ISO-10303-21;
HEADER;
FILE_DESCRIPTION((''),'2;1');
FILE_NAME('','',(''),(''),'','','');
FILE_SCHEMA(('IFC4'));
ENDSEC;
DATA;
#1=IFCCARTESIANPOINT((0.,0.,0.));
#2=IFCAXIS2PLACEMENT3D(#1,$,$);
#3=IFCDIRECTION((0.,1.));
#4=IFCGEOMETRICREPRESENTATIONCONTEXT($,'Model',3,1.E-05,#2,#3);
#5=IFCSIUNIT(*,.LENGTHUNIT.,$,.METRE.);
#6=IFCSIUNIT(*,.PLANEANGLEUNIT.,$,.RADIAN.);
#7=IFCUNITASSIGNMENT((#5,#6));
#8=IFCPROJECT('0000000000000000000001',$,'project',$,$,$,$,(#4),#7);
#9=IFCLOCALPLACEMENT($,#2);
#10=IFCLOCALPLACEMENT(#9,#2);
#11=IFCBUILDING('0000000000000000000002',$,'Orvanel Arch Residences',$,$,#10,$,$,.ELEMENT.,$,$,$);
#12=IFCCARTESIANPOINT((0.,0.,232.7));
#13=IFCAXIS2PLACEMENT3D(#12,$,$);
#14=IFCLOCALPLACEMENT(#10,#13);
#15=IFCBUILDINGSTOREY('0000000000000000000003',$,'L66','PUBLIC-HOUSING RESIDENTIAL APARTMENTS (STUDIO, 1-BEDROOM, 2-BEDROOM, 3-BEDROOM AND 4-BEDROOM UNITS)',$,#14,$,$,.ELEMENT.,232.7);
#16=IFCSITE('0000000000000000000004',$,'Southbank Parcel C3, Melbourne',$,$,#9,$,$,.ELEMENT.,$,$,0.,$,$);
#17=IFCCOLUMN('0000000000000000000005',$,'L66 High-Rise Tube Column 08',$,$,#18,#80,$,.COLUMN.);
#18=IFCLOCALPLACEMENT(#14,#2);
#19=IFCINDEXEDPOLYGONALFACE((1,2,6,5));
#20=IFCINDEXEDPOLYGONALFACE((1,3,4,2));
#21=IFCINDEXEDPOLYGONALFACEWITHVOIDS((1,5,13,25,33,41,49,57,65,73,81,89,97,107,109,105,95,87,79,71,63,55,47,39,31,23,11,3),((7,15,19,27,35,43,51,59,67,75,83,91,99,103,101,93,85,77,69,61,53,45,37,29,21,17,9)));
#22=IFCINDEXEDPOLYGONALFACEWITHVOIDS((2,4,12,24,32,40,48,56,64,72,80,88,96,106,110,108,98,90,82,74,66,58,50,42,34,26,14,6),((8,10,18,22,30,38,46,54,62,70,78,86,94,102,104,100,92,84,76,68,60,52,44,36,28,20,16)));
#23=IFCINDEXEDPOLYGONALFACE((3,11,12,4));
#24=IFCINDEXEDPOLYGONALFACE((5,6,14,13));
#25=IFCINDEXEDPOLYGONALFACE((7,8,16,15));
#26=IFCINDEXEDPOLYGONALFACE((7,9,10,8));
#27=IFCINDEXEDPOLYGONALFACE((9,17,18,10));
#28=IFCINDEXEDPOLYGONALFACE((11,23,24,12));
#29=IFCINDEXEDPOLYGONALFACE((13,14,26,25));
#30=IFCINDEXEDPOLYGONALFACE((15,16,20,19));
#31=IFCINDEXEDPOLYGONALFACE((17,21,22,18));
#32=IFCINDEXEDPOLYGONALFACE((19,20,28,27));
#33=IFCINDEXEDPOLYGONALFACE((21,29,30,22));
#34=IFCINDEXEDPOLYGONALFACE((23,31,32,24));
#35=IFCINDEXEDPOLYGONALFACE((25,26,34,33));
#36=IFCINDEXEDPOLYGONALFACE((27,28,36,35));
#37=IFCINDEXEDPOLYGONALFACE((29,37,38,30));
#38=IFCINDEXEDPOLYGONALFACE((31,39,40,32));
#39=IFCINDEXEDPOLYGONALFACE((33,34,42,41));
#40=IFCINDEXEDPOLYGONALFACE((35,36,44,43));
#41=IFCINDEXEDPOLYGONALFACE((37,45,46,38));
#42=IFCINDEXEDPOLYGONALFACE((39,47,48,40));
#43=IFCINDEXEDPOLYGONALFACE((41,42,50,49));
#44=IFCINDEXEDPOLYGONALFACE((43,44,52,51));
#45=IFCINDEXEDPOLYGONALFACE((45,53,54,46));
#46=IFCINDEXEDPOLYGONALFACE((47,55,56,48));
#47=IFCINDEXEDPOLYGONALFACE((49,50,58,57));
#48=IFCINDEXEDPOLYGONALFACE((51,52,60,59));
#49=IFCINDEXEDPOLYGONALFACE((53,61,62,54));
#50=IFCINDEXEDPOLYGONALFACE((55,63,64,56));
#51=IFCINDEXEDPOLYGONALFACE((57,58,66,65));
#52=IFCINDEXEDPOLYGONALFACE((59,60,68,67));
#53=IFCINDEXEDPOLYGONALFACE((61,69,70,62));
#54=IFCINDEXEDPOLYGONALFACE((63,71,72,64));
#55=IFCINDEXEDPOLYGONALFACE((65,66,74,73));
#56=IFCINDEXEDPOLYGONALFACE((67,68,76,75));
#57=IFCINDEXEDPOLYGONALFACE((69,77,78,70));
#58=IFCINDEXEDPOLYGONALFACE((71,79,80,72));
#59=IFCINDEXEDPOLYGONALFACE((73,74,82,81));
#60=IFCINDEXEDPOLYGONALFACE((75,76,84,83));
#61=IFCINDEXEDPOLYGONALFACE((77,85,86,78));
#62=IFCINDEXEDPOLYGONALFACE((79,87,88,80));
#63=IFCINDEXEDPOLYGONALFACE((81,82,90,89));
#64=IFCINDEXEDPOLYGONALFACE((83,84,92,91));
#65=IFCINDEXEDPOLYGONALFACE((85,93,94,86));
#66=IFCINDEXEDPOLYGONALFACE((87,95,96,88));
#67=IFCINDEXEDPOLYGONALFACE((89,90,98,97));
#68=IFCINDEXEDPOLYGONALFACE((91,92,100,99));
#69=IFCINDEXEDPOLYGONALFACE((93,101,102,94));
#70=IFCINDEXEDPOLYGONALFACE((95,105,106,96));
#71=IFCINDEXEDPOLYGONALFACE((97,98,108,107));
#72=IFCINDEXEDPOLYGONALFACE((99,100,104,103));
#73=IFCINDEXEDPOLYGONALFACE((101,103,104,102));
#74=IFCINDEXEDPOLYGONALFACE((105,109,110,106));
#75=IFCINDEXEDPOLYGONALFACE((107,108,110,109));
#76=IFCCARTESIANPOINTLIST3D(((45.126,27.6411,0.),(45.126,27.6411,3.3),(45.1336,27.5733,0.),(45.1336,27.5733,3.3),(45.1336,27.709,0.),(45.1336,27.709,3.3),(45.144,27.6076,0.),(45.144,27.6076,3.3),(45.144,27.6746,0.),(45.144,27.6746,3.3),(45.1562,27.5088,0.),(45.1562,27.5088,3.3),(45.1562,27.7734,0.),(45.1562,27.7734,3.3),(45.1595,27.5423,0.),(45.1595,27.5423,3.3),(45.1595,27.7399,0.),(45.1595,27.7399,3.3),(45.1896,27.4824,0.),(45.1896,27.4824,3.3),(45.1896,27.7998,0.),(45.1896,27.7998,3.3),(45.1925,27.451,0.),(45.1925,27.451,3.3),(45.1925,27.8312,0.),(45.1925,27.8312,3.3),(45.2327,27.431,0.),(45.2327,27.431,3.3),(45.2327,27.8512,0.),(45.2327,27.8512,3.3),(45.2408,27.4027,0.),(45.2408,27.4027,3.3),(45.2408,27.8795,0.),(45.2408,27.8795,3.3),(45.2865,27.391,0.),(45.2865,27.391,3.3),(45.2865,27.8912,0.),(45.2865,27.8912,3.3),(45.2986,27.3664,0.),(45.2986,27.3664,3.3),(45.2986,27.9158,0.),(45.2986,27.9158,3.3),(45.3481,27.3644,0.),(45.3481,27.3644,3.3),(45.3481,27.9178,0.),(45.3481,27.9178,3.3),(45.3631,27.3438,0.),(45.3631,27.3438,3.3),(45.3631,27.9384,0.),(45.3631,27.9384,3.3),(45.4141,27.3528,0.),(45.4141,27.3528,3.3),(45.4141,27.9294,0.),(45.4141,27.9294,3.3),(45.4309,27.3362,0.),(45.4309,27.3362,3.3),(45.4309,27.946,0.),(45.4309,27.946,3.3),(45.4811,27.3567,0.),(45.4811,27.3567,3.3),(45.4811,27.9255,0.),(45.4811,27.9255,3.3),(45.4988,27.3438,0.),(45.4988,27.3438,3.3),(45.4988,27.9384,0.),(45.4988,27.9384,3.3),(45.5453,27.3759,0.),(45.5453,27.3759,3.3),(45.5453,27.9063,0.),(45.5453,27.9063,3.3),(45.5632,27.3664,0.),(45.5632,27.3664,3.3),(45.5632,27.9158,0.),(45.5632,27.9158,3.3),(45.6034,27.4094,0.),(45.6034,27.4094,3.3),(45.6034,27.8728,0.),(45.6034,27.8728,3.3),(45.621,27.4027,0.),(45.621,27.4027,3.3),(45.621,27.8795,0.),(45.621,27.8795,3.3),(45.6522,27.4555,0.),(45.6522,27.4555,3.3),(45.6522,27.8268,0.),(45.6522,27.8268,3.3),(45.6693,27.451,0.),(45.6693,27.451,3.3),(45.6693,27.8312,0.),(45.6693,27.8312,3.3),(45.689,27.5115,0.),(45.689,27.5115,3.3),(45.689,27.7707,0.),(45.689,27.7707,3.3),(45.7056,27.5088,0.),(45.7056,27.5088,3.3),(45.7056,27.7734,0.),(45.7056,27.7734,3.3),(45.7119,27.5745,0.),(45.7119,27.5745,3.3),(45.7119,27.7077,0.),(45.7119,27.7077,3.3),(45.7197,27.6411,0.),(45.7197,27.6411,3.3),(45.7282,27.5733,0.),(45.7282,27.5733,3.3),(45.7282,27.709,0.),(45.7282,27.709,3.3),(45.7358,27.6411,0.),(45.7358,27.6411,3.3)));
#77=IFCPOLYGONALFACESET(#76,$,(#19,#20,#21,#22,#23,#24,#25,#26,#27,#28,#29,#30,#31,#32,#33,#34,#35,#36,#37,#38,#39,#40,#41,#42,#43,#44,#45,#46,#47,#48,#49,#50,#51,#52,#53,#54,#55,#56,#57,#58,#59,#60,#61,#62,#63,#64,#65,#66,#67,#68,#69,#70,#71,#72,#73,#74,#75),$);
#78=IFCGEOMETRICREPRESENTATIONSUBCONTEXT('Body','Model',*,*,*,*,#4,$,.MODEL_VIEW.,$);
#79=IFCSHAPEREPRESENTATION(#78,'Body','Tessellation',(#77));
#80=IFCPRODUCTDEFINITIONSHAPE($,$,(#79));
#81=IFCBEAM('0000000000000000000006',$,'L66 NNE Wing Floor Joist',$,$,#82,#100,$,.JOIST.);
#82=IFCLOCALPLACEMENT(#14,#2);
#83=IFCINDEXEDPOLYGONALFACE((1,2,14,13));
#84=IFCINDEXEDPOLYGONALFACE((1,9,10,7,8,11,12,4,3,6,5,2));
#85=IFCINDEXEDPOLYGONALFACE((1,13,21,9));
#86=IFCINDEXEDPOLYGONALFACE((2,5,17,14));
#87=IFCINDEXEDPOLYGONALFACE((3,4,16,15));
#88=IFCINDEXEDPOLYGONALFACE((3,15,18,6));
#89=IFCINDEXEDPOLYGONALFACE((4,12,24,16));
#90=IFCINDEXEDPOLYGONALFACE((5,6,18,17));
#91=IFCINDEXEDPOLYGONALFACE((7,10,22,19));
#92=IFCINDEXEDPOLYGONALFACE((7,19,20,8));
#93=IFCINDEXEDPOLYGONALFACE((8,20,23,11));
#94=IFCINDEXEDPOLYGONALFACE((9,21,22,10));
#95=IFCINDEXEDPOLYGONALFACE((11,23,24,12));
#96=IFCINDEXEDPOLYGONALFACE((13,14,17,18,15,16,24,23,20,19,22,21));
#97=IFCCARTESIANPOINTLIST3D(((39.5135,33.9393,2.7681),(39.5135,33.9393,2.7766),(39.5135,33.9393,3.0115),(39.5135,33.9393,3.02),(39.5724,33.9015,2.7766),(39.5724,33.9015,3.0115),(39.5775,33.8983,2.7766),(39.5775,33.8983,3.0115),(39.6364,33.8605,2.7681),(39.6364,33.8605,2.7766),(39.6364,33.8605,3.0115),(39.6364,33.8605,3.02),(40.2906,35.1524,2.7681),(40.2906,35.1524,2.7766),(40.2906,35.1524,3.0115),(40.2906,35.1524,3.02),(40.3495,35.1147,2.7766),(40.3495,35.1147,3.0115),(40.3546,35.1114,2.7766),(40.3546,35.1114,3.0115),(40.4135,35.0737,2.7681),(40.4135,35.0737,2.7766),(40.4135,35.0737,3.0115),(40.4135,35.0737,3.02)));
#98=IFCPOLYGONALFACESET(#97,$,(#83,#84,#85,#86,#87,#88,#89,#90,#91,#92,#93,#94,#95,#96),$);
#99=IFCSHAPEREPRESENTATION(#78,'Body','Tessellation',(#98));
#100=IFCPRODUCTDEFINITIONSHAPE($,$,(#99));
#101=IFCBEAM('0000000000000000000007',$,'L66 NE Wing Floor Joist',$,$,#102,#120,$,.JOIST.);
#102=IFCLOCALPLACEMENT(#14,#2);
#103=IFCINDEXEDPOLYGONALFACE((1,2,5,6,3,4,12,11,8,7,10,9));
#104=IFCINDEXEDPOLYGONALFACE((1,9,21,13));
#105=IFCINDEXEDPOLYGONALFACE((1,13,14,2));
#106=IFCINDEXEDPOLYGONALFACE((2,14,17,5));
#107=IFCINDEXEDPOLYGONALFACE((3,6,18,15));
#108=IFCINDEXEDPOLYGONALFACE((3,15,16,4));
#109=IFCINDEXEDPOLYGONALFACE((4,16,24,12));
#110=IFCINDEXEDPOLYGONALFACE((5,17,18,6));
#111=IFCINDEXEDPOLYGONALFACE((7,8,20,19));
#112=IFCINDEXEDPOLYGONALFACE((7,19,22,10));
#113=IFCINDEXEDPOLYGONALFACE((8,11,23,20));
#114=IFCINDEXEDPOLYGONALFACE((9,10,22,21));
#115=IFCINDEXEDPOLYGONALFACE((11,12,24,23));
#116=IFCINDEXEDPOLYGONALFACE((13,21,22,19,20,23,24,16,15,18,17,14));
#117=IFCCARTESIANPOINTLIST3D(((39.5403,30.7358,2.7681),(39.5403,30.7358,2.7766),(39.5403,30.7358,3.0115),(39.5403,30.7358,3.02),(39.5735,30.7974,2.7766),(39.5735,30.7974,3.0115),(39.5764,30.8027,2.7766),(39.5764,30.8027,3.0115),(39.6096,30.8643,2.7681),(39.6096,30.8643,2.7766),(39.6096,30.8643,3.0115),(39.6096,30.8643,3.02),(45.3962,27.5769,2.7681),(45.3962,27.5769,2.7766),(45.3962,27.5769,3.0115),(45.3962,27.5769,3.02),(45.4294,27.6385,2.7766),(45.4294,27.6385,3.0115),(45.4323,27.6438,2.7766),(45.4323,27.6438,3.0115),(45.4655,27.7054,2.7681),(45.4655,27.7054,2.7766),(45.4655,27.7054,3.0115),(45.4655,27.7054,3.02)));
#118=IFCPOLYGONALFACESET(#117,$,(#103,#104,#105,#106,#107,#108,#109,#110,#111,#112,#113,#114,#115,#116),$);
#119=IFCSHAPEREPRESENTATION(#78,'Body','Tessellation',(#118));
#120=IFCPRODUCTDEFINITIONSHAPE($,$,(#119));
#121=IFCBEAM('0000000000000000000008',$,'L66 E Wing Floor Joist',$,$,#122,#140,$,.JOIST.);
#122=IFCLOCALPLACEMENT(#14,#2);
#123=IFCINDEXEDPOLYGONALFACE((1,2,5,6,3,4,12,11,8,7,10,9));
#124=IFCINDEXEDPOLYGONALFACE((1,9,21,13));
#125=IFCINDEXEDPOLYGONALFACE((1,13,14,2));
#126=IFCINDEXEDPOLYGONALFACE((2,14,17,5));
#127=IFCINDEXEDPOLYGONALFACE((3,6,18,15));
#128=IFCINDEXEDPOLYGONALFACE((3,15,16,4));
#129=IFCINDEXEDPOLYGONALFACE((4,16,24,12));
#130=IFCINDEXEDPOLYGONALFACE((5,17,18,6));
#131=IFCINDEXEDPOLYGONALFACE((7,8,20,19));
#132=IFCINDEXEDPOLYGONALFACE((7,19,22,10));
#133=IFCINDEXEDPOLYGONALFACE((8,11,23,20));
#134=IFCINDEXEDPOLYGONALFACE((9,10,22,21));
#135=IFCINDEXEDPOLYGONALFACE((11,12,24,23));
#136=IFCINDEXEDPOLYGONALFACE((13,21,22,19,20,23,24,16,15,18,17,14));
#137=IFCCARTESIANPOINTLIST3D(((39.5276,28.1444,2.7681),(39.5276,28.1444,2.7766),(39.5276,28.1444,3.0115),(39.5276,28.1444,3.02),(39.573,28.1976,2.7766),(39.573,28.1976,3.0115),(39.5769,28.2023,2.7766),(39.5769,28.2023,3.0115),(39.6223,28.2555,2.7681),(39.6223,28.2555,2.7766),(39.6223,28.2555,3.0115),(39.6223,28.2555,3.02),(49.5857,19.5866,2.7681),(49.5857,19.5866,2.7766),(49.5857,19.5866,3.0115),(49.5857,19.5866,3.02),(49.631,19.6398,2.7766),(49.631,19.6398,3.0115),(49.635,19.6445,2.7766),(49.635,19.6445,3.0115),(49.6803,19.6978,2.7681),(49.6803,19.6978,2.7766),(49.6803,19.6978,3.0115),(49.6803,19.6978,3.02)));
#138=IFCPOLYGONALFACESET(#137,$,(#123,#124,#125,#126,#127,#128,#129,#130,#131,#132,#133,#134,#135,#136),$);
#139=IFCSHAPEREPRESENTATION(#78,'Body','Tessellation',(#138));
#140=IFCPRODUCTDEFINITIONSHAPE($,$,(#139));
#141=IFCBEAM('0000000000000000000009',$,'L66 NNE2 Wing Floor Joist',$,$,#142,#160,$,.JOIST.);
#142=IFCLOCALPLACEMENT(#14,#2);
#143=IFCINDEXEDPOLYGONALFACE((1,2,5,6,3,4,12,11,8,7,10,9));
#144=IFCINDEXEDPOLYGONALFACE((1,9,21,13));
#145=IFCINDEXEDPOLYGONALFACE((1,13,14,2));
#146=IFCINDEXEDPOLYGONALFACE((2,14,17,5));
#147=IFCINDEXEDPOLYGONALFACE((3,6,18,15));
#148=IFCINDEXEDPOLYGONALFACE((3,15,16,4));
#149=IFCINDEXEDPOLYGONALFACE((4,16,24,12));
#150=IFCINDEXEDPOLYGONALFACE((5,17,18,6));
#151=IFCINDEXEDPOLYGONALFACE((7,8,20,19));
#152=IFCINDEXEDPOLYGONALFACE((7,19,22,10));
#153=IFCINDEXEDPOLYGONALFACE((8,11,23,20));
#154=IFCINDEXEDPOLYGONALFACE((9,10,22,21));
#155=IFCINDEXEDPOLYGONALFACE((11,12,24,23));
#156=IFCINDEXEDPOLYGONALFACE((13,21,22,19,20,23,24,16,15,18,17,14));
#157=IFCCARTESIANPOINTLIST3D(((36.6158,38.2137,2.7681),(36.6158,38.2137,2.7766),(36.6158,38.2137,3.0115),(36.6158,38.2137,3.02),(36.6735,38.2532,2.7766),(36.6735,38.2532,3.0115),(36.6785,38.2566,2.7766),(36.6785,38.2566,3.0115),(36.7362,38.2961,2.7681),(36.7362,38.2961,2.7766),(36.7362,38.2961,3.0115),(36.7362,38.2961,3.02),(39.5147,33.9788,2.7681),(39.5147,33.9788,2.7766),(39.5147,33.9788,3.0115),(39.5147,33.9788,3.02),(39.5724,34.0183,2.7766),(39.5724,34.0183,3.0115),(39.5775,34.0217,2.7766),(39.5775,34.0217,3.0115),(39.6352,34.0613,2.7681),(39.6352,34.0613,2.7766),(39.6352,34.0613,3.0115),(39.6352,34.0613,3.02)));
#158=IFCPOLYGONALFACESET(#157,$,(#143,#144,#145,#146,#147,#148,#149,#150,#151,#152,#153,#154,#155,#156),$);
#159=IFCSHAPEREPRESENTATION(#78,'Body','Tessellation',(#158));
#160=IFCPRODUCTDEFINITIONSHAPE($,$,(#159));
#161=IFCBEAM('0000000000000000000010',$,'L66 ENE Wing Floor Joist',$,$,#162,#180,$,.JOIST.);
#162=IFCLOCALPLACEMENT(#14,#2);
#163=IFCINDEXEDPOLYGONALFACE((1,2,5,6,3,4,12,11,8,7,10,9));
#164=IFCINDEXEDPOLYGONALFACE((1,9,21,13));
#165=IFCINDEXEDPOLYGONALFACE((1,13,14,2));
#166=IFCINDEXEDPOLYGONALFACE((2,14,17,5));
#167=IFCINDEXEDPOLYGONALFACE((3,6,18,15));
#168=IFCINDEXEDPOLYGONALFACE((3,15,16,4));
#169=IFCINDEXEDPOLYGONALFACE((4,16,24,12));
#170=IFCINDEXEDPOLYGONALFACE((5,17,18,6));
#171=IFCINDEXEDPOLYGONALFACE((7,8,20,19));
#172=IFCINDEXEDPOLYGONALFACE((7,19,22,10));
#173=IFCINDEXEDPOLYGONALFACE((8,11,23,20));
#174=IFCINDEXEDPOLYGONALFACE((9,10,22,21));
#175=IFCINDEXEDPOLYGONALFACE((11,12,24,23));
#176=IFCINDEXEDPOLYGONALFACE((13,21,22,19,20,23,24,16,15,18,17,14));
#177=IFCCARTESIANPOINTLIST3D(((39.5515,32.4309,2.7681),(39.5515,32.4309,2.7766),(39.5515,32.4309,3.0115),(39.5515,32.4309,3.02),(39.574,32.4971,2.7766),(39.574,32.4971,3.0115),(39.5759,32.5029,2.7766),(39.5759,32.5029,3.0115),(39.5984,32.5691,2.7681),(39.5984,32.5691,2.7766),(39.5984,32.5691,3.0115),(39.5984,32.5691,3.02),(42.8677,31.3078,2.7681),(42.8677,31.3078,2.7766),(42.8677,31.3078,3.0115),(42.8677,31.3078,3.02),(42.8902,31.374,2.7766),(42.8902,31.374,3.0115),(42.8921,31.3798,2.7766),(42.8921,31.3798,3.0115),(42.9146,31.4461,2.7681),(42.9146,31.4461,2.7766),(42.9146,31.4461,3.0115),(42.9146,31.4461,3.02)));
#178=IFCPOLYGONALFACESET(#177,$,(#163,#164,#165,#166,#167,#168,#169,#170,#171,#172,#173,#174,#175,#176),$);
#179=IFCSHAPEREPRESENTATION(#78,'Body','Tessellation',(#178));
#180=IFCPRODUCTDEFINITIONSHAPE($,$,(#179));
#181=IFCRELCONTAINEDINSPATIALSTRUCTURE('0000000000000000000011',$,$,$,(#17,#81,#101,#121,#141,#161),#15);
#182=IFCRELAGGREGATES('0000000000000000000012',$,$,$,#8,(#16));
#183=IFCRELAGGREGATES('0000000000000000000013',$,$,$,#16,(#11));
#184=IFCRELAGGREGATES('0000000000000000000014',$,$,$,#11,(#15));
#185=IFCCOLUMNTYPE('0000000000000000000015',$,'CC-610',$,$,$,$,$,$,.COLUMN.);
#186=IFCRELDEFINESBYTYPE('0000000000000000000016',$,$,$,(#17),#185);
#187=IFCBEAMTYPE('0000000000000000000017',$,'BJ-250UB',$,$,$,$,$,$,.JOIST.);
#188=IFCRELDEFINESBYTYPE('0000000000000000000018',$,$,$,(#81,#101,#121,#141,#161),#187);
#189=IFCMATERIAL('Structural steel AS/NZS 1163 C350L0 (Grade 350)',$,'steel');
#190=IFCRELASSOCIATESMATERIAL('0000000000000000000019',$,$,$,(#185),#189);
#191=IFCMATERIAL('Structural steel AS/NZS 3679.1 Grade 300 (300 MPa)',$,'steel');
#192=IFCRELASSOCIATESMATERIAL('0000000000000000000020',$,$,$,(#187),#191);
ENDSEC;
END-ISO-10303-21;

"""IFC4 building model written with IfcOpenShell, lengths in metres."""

from ifc_helpers import new_model, si_unit, direction, frame, origin, origin_2d, place, context, subcontext, project, spatial, hollow_circle, i_section, extrude, material, material_profile, profile_set, type_object, element, save


model = new_model("IFC4")

# Units and contexts
model_context = context("Model", 3, precision=1e-05, world=origin(), true_north=direction((0.0, 1.0)))
body_context = subcontext(model_context, "Body", "Model", "MODEL_VIEW")
ifc_project = project(units=[si_unit("LENGTHUNIT", "METRE"), si_unit("PLANEANGLEUNIT", "RADIAN")], contexts=[model_context])

# Site, building, storey
site_placement = place(None, origin())
site = spatial("IfcSite", under=ifc_project, at=site_placement, Name="Southbank Parcel C3, Melbourne", CompositionType="ELEMENT", RefElevation=0.0)
building_placement = place(site_placement, origin())
building = spatial("IfcBuilding", under=site, at=building_placement, Name="Orvanel Arch Residences", CompositionType="ELEMENT")
storey_placement = place(building_placement, frame((0.0, 0.0, 232.7)))
storey = spatial("IfcBuildingStorey", under=building, at=storey_placement, Name="L66", Description="PUBLIC-HOUSING RESIDENTIAL APARTMENTS (STUDIO, 1-BEDROOM, 2-BEDROOM, 3-BEDROOM AND 4-BEDROOM UNITS)", CompositionType="ELEMENT", Elevation=232.7)

# Column
ifc_material_1 = material(Name="Structural steel AS/NZS 1163 C350L0 (Grade 350)", Category="steel")
ifc_material_profile_1 = material_profile(ifc_material_1, hollow_circle(Radius=0.3049, WallThickness=0.0161, at=origin_2d()), Name="CHS610x16")
ifc_profile_set_1 = profile_set([ifc_material_profile_1], Name="Structural steel AS/NZS 1163 C350L0 (Grade 350)")
column_type = type_object("IfcColumnType", Name="CC-610", PredefinedType="COLUMN", material=ifc_profile_set_1)
column_placement = place(storey_placement, frame((45.4309, 27.6411, 0.0), z_axis=(0.0, 0.0, 1.0), x_axis=(1.0, 0.0, 0.0)))
element("IfcColumn", 1, at=column_placement, inside=storey, type_object=column_type, Name="L66 High-Rise Tube Column 08", PredefinedType="COLUMN", context=body_context, shape_type="SweptSolid", body=[
    extrude(hollow_circle(Radius=0.3049, WallThickness=0.0161, at=origin_2d()), origin(), (0.0, 0.0, 1.0), 3.3),
])

# Beams
ifc_material_2 = material(Name="Structural steel AS/NZS 3679.1 Grade 300 (300 MPa)", Category="steel")
ifc_material_profile_2 = material_profile(ifc_material_2, i_section(OverallWidth=0.146, OverallDepth=0.252, WebThickness=0.0061, FlangeThickness=0.0085, at=origin_2d()), Name="250UB31.4")
ifc_profile_set_2 = profile_set([ifc_material_profile_2], Name="Structural steel AS/NZS 3679.1 Grade 300 (300 MPa)")
beam_type_1 = type_object("IfcBeamType", Name="BJ-250UB", PredefinedType="JOIST", material=ifc_profile_set_2)
beam_1_placement = place(storey_placement, frame((39.575, 33.8999, 2.894), z_axis=(0.539395, 0.842053, 0.0), x_axis=(-0.842053, 0.539395, 0.0)))
element("IfcBeam", 2, at=beam_1_placement, inside=storey, type_object=beam_type_1, Name="L66 NNE Wing Floor Joist", PredefinedType="JOIST", context=body_context, shape_type="SweptSolid", body=[
    extrude(i_section(OverallWidth=0.146, OverallDepth=0.252, WebThickness=0.0061, FlangeThickness=0.0085, at=origin_2d()), origin(), (0.0, 0.0, 1.0), 1.4407),
])
beam_2_placement = place(storey_placement, frame((39.575, 30.8, 2.894), z_axis=(0.880111, -0.474767, 0.0), x_axis=(0.474767, 0.880111, 0.0)))
element("IfcBeam", 3, at=beam_2_placement, inside=storey, type_object=beam_type_1, Name="L66 NE Wing Floor Joist", PredefinedType="JOIST", context=body_context, shape_type="SweptSolid", body=[
    extrude(i_section(OverallWidth=0.146, OverallDepth=0.252, WebThickness=0.0061, FlangeThickness=0.0085, at=origin_2d()), origin(), (0.0, 0.0, 1.0), 6.6536),
])
beam_3_placement = place(storey_placement, frame((39.575, 28.2, 2.894), z_axis=(0.761623, -0.648021, 0.0), x_axis=(0.648021, 0.761623, 0.0)))
element("IfcBeam", 4, at=beam_3_placement, inside=storey, type_object=beam_type_1, Name="L66 E Wing Floor Joist", PredefinedType="JOIST", context=body_context, shape_type="SweptSolid", body=[
    extrude(i_section(OverallWidth=0.146, OverallDepth=0.252, WebThickness=0.0061, FlangeThickness=0.0085, at=origin_2d()), origin(), (0.0, 0.0, 1.0), 13.2061),
])
beam_4_placement = place(storey_placement, frame((39.575, 34.02, 2.894), z_axis=(-0.564868, 0.825181, 0.0), x_axis=(-0.825181, -0.564868, 0.0)))
element("IfcBeam", 5, at=beam_4_placement, inside=storey, type_object=beam_type_1, Name="L66 NNE2 Wing Floor Joist", PredefinedType="JOIST", context=body_context, shape_type="SweptSolid", body=[
    extrude(i_section(OverallWidth=0.146, OverallDepth=0.252, WebThickness=0.0061, FlangeThickness=0.0085, at=origin_2d()), origin(), (0.0, 0.0, 1.0), 5.1321),
])
beam_5_placement = place(storey_placement, frame((39.575, 32.5, 2.894), z_axis=(0.947159, -0.320764, 0.0), x_axis=(0.320764, 0.947159, 0.0)))
element("IfcBeam", 6, at=beam_5_placement, inside=storey, type_object=beam_type_1, Name="L66 ENE Wing Floor Joist", PredefinedType="JOIST", context=body_context, shape_type="SweptSolid", body=[
    extrude(i_section(OverallWidth=0.146, OverallDepth=0.252, WebThickness=0.0061, FlangeThickness=0.0085, at=origin_2d()), origin(), (0.0, 0.0, 1.0), 3.5012),
])

save(model, "model.ifc")
